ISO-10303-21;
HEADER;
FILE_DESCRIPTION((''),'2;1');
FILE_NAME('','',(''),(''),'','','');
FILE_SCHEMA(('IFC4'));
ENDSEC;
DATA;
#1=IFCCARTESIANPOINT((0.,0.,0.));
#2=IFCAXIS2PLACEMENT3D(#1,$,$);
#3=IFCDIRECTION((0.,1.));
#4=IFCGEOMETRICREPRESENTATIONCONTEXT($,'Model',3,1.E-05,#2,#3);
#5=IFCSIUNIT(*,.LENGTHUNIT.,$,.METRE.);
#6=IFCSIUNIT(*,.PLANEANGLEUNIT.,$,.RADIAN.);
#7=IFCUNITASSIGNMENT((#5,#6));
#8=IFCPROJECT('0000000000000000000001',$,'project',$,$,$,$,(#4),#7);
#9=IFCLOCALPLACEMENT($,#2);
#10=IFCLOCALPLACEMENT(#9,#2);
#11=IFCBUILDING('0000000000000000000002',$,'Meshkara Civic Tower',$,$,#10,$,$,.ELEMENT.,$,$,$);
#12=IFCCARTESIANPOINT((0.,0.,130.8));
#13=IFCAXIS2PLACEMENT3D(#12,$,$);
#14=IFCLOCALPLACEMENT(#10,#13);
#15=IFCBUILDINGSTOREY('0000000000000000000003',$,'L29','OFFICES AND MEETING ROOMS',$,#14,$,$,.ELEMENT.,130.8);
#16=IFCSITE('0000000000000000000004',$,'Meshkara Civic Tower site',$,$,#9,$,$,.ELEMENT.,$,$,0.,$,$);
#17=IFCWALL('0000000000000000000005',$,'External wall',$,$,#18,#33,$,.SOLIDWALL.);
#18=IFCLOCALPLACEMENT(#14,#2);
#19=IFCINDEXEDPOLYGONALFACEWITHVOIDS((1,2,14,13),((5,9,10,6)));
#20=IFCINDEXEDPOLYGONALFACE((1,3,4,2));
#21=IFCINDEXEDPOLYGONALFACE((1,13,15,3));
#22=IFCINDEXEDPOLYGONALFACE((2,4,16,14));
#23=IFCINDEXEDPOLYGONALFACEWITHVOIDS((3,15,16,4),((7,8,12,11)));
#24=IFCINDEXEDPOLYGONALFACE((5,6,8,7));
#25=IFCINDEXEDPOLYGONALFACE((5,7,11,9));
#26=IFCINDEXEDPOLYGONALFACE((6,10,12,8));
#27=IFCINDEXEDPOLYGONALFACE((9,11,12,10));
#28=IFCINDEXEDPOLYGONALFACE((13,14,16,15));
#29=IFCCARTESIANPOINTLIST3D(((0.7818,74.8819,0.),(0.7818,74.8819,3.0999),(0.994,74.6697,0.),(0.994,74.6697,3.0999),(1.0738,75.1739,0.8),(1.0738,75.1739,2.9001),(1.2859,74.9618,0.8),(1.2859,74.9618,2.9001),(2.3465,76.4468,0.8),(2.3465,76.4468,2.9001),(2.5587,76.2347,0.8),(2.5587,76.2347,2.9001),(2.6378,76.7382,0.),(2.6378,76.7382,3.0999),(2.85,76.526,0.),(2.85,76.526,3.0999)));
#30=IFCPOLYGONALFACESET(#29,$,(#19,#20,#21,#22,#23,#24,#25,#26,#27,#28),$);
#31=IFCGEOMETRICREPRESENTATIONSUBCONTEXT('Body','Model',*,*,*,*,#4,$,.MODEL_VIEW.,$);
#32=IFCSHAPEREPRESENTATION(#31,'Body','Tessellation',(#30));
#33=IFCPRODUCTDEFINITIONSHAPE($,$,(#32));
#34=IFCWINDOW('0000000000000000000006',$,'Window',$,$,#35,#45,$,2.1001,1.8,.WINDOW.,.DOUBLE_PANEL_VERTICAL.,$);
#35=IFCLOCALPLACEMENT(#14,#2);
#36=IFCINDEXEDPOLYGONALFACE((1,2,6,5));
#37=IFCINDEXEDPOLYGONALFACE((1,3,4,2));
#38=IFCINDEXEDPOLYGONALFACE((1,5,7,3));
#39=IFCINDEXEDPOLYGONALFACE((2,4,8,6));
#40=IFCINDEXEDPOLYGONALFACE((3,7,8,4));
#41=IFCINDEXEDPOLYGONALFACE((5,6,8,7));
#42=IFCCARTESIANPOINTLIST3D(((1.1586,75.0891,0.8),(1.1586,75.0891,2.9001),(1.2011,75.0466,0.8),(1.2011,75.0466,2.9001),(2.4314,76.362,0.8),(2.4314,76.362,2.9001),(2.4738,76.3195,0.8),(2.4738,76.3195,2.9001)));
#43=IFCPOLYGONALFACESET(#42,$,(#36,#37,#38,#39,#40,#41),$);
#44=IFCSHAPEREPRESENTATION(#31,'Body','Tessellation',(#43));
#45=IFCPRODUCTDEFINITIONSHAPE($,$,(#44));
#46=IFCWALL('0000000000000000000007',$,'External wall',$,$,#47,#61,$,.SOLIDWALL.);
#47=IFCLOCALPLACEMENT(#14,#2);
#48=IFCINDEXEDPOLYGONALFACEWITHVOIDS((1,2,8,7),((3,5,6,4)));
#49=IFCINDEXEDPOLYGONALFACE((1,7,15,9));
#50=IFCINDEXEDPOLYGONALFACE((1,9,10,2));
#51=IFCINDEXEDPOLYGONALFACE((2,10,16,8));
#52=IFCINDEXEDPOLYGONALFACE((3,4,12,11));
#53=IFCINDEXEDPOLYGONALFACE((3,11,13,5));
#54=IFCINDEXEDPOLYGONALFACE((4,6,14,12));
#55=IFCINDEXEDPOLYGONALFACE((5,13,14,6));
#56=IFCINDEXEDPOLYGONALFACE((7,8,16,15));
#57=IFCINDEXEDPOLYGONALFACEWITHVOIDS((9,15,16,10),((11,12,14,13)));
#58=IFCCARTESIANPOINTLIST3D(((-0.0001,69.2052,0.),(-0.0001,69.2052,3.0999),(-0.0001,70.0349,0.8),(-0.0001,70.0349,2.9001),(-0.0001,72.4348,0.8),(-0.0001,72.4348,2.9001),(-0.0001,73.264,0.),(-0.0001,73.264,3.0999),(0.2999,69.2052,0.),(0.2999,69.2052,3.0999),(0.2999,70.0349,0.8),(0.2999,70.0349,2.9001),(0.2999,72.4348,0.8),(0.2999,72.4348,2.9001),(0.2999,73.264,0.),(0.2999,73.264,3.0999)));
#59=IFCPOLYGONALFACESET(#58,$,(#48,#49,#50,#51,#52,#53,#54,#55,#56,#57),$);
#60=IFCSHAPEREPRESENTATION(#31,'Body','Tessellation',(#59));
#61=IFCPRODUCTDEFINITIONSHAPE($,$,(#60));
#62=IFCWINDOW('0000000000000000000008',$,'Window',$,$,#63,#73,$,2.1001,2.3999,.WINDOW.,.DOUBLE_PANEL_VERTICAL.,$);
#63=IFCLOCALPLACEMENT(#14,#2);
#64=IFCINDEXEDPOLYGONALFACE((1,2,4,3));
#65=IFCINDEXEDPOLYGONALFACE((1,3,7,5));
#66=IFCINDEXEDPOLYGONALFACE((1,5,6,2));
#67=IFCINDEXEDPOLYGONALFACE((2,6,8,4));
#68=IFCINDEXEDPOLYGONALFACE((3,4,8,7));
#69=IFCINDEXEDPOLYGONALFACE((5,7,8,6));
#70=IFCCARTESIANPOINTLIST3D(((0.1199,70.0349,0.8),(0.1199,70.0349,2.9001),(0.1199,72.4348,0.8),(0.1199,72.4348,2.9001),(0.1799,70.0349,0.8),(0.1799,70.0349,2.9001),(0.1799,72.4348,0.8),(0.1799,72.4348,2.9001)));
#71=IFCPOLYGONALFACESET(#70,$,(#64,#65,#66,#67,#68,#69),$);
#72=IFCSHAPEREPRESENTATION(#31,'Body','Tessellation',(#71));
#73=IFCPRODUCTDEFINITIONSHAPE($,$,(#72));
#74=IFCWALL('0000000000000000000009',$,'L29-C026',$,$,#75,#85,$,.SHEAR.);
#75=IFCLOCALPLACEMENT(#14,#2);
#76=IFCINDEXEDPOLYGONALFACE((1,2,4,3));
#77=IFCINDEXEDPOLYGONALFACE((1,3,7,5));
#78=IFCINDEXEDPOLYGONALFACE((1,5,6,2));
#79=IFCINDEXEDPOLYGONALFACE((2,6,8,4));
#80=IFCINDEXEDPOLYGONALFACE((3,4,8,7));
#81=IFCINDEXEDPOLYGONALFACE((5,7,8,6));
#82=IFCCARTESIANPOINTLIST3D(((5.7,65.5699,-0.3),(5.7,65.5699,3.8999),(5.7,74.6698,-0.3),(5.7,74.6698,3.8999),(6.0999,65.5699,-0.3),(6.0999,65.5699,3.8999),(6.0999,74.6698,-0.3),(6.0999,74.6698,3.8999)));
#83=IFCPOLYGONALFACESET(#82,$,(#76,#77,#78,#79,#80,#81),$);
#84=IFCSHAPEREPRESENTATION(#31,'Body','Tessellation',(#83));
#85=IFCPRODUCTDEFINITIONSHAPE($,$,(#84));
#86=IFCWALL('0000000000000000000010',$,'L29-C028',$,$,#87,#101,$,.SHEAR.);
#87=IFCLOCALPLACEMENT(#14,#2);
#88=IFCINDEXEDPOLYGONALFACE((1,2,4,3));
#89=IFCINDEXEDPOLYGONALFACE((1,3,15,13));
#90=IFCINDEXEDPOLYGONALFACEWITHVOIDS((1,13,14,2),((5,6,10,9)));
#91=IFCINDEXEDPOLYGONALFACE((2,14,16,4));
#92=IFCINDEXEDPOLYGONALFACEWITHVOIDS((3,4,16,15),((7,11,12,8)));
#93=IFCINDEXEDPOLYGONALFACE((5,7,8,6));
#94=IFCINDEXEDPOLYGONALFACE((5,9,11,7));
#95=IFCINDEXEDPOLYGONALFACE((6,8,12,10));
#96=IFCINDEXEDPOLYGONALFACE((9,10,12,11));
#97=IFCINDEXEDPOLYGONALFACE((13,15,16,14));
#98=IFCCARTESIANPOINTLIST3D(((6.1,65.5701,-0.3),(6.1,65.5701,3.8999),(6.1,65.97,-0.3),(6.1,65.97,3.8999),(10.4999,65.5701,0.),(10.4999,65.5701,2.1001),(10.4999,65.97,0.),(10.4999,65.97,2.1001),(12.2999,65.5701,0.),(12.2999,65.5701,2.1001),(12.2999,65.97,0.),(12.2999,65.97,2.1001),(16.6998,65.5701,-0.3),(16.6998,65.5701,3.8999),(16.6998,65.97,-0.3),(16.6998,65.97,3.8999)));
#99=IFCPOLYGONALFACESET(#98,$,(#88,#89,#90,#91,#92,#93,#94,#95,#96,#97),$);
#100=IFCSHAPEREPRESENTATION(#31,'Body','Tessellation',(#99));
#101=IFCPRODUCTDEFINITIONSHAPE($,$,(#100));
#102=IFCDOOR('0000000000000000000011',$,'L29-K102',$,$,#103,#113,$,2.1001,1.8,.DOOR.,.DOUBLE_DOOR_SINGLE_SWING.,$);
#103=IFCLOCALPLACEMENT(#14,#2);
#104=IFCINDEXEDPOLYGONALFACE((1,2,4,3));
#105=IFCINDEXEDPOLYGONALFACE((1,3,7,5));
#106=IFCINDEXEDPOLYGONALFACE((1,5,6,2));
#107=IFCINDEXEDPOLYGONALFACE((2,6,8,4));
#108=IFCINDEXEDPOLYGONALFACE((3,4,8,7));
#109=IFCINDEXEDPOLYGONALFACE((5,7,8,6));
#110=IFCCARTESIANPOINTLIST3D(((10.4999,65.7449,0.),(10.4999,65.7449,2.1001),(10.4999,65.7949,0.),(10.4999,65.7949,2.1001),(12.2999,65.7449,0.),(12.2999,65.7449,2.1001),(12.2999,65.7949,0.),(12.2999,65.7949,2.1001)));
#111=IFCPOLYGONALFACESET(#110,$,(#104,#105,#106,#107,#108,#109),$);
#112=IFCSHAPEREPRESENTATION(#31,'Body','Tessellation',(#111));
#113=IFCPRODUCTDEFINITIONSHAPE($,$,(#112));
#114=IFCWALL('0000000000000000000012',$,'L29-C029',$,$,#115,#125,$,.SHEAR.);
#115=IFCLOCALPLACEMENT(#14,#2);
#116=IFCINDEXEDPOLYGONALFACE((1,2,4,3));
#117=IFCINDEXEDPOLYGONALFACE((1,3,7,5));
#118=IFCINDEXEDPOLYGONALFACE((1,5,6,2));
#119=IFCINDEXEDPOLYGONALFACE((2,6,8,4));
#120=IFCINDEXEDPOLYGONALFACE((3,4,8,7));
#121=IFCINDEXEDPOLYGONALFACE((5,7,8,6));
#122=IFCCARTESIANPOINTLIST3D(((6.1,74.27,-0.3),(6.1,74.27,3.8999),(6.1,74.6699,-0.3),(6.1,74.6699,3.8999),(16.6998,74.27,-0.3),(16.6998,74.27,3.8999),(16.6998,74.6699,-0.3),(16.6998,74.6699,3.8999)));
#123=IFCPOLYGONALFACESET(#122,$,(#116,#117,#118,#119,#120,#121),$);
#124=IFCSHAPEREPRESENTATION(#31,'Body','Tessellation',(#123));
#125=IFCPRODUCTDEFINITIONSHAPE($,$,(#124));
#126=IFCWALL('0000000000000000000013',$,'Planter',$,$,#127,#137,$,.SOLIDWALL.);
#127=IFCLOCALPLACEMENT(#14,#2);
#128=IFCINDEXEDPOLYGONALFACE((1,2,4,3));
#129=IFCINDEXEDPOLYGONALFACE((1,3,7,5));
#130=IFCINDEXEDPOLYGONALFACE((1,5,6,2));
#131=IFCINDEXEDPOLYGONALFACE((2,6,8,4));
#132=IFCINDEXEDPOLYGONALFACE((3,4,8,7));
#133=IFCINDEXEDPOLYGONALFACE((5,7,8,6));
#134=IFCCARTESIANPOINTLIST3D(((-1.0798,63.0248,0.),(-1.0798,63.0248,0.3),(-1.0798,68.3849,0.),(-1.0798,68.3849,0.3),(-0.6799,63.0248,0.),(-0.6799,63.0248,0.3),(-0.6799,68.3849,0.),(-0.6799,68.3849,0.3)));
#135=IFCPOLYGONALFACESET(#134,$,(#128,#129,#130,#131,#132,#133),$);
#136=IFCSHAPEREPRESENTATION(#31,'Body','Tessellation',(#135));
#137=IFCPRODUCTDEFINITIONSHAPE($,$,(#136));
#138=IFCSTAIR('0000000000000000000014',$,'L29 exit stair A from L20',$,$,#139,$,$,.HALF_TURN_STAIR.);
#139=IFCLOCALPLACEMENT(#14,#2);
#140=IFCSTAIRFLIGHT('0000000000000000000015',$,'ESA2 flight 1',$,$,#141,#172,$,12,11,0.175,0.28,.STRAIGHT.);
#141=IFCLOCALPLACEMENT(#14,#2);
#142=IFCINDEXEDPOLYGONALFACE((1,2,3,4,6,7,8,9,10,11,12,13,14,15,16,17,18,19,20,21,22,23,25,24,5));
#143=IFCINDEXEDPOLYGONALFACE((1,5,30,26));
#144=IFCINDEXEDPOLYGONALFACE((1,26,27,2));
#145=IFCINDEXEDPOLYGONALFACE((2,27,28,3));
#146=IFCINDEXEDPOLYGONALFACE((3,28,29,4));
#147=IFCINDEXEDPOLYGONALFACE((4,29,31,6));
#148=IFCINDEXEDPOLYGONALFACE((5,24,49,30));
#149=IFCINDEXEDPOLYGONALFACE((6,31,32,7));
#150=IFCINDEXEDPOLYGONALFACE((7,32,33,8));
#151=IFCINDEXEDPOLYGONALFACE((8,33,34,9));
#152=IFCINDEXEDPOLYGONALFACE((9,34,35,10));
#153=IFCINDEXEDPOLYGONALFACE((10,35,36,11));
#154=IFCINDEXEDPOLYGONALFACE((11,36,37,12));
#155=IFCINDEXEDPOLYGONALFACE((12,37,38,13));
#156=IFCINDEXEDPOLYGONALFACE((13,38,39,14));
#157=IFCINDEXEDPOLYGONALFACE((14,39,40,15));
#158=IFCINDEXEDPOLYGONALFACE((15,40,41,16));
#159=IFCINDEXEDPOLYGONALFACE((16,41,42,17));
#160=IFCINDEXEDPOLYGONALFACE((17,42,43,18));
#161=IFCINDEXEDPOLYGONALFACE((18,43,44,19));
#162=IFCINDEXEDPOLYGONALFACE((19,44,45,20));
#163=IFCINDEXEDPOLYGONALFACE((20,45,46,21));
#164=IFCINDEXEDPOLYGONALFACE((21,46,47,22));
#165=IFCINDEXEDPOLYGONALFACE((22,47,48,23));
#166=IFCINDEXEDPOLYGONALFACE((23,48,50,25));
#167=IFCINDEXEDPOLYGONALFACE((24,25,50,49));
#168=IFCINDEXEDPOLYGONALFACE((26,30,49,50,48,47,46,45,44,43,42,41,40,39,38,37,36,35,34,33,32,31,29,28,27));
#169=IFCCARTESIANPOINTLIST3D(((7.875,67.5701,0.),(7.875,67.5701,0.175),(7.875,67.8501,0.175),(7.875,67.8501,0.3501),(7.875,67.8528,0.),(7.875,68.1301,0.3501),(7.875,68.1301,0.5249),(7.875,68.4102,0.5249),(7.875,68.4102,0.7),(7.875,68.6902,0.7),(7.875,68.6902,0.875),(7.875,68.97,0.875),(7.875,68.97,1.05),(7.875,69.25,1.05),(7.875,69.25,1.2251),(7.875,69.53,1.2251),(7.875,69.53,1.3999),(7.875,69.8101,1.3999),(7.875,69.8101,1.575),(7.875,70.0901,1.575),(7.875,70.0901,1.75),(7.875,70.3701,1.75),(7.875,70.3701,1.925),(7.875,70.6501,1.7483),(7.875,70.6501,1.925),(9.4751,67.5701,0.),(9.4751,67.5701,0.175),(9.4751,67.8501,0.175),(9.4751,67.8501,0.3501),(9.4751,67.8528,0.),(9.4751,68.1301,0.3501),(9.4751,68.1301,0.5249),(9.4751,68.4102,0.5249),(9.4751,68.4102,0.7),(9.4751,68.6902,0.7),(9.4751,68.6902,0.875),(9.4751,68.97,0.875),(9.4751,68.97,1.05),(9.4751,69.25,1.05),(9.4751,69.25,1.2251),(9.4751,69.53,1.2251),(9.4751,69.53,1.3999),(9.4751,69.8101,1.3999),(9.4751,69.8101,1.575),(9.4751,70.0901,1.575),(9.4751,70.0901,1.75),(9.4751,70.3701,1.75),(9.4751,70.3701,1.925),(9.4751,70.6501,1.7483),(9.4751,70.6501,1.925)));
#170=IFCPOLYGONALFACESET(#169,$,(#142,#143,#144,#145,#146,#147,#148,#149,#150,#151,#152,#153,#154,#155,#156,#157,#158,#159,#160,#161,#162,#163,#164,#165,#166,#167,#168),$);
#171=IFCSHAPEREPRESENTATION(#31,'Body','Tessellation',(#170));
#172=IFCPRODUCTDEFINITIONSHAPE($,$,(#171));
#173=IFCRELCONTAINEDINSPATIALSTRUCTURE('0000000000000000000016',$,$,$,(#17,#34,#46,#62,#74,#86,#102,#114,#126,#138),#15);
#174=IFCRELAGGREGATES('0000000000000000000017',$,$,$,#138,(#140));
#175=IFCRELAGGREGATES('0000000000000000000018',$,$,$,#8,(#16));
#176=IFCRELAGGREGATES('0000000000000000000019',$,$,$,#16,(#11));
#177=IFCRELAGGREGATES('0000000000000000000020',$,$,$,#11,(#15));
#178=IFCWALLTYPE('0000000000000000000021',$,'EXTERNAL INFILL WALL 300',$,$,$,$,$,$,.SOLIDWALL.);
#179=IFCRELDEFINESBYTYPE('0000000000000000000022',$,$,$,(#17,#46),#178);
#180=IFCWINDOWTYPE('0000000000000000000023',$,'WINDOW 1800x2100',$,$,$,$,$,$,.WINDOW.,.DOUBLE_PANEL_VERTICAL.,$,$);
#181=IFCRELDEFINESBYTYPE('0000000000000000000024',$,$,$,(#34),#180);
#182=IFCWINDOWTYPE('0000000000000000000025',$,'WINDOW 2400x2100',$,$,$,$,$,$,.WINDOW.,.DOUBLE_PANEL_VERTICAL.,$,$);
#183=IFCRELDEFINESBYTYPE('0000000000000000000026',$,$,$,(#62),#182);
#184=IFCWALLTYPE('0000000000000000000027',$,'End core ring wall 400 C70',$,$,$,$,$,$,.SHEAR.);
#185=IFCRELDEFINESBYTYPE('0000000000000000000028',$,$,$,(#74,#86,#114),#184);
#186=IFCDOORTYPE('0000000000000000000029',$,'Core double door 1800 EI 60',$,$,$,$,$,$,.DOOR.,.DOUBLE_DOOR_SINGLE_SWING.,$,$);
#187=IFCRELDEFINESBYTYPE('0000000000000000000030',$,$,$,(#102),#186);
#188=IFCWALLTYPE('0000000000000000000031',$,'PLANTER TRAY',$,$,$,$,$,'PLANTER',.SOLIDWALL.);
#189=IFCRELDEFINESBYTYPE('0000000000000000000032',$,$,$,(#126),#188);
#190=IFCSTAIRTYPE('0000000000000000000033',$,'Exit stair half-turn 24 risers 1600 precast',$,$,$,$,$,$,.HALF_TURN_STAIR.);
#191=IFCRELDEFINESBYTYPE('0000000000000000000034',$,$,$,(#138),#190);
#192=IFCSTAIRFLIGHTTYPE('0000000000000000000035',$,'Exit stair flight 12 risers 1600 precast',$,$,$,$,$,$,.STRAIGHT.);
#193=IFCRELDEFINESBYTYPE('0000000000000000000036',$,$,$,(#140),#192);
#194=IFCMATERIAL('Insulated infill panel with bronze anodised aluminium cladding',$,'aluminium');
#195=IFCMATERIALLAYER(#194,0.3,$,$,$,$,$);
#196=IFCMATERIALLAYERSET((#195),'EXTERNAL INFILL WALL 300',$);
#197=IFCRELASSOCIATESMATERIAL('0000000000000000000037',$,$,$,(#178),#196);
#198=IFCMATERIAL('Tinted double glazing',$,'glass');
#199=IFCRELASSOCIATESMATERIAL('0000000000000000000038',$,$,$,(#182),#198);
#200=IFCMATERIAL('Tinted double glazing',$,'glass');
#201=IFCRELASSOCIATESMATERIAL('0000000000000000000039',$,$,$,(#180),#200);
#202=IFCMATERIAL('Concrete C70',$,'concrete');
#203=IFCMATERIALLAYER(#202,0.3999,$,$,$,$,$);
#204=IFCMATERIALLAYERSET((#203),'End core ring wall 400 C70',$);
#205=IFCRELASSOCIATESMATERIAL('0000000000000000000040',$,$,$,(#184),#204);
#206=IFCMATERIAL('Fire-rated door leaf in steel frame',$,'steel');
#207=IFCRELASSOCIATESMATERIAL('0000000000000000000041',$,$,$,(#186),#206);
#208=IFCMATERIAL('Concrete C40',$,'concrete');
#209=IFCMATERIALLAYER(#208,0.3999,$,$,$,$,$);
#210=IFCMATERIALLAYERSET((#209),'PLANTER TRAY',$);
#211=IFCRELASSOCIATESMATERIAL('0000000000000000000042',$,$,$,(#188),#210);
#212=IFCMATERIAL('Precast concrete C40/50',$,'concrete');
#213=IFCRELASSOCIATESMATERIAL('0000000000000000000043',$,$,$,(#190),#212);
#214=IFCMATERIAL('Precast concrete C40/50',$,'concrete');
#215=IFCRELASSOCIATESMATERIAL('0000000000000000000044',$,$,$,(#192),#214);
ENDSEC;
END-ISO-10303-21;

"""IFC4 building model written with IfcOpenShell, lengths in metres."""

from ifc_helpers import new_model, si_unit, direction, frame, frame_2d, origin, place, context, subcontext, project, spatial, polyline, rectangle, outline, extrude, material, layer, layer_set, type_object, element, fill, aggregate, save


model = new_model("IFC4")

# Units and contexts
model_context = context("Model", 3, precision=1e-05, world=origin(), true_north=direction((0.0, 1.0)))
body_context = subcontext(model_context, "Body", "Model", "MODEL_VIEW")
ifc_project = project(units=[si_unit("LENGTHUNIT", "METRE"), si_unit("PLANEANGLEUNIT", "RADIAN")], contexts=[model_context])

# Site, building, storey
site_placement = place(None, origin())
site = spatial("IfcSite", under=ifc_project, at=site_placement, Name="Meshkara Civic Tower site", CompositionType="ELEMENT", RefElevation=0.0)
building_placement = place(site_placement, origin())
building = spatial("IfcBuilding", under=site, at=building_placement, Name="Meshkara Civic Tower", CompositionType="ELEMENT")
storey_placement = place(building_placement, frame((0.0, 0.0, 130.8)))
storey = spatial("IfcBuildingStorey", under=building, at=storey_placement, Name="L29", Description="OFFICES AND MEETING ROOMS", CompositionType="ELEMENT", Elevation=130.8)

# Walls, openings, windows
ifc_material_1 = material(Name="Insulated infill panel with bronze anodised aluminium cladding", Category="aluminium")
ifc_layer_1 = layer(ifc_material_1, 0.3)
ifc_layer_set_1 = layer_set([ifc_layer_1], Name="EXTERNAL INFILL WALL 300")
wall_type_1 = type_object("IfcWallType", Name="EXTERNAL INFILL WALL 300", PredefinedType="SOLIDWALL", material=ifc_layer_set_1)
ifc_material_2 = material(Name="Tinted double glazing", Category="glass")
window_type_1 = type_object("IfcWindowType", Name="WINDOW 2400x2100", PartitioningType="DOUBLE_PANEL_VERTICAL", PredefinedType="WINDOW", material=ifc_material_2)
wall_1_placement = place(storey_placement, frame((2.7439, 76.6321, 0.0), z_axis=(0.0, 0.0, 1.0), x_axis=(-0.70706, -0.707153, 0.0)))
wall_1 = element("IfcWall", 1, at=wall_1_placement, inside=storey, type_object=wall_type_1, Name="External wall", PredefinedType="SOLIDWALL", context=body_context, shape_type="SweptSolid", body=[
    extrude(rectangle(XDim=2.625, YDim=0.3, at=frame_2d((1.3125, 0.0))), origin(), (0.0, 0.0, 1.0), 3.0999),
])
opening_1_placement = place(wall_1_placement, frame((0.4121, 0.0, 0.8)))
opening_1 = element("IfcOpeningElement", 2, at=opening_1_placement, cuts=wall_1, PredefinedType="OPENING", context=body_context, shape_type="SweptSolid", body=[
    extrude(rectangle(XDim=1.8, YDim=2.1001, at=frame_2d((0.8999, 1.05))), frame((0.0, 0.1599, 0.0), z_axis=(0.0, -1.0, 0.0), x_axis=(1.0, 0.0, 0.0)), (0.0, 0.0, 1.0), 0.3201),
])
ifc_material_3 = material(Name="Tinted double glazing", Category="glass")
window_type_2 = type_object("IfcWindowType", Name="WINDOW 1800x2100", PartitioningType="DOUBLE_PANEL_VERTICAL", PredefinedType="WINDOW", material=ifc_material_3)
window_1_placement = place(opening_1_placement, origin())
window_1 = element("IfcWindow", 3, at=window_1_placement, inside=storey, type_object=window_type_2, Name="Window", OverallHeight=2.1001, OverallWidth=1.8, PartitioningType="DOUBLE_PANEL_VERTICAL", PredefinedType="WINDOW", context=body_context, shape_type="SweptSolid", body=[
    extrude(rectangle(XDim=1.8, YDim=2.1001, at=frame_2d((0.8999, 1.05))), frame((0.0, 0.03, 0.0), z_axis=(0.0, -1.0, 0.0), x_axis=(1.0, 0.0, 0.0)), (0.0, 0.0, 1.0), 0.0601),
])
fill(opening_1, window_1)
wall_2_placement = place(storey_placement, frame((0.1499, 73.2639, 0.0), z_axis=(0.0, 0.0, 1.0), x_axis=(0.0, -1.0, 0.0)))
wall_2 = element("IfcWall", 4, at=wall_2_placement, inside=storey, type_object=wall_type_1, Name="External wall", PredefinedType="SOLIDWALL", context=body_context, shape_type="SweptSolid", body=[
    extrude(rectangle(XDim=4.0588, YDim=0.3, at=frame_2d((2.0293, 0.0))), origin(), (0.0, 0.0, 1.0), 3.0999),
])
opening_2_placement = place(wall_2_placement, frame((0.8291, 0.0, 0.8)))
opening_2 = element("IfcOpeningElement", 5, at=opening_2_placement, cuts=wall_2, PredefinedType="OPENING", context=body_context, shape_type="SweptSolid", body=[
    extrude(rectangle(XDim=2.3999, YDim=2.1001, at=frame_2d((1.2, 1.05))), frame((0.0, 0.1599, 0.0), z_axis=(0.0, -1.0, 0.0), x_axis=(1.0, 0.0, 0.0)), (0.0, 0.0, 1.0), 0.3201),
])
window_2_placement = place(opening_2_placement, origin())
window_2 = element("IfcWindow", 6, at=window_2_placement, inside=storey, type_object=window_type_1, Name="Window", OverallHeight=2.1001, OverallWidth=2.3999, PartitioningType="DOUBLE_PANEL_VERTICAL", PredefinedType="WINDOW", context=body_context, shape_type="SweptSolid", body=[
    extrude(rectangle(XDim=2.3999, YDim=2.1001, at=frame_2d((1.2, 1.05))), frame((0.0, 0.03, 0.0), z_axis=(0.0, -1.0, 0.0), x_axis=(1.0, 0.0, 0.0)), (0.0, 0.0, 1.0), 0.0601),
])
fill(opening_2, window_2)

# Wall
ifc_material_4 = material(Name="Concrete C70", Category="concrete")
ifc_layer_2 = layer(ifc_material_4, 0.3999)
ifc_layer_set_2 = layer_set([ifc_layer_2], Name="End core ring wall 400 C70")
wall_type_2 = type_object("IfcWallType", Name="End core ring wall 400 C70", PredefinedType="SHEAR", material=ifc_layer_set_2)
wall_3_placement = place(storey_placement, frame((5.8999, 65.5701, -0.3), z_axis=(0.0, 0.0, 1.0), x_axis=(0.0, 1.0, 0.0)))
element("IfcWall", 7, at=wall_3_placement, inside=storey, type_object=wall_type_2, Name="L29-C026", PredefinedType="SHEAR", context=body_context, shape_type="SweptSolid", body=[
    extrude(rectangle(XDim=9.0999, YDim=0.3999, at=frame_2d((4.5498, 0.0))), origin(), (0.0, 0.0, 1.0), 4.2),
])

# Wall, opening, door
wall_4_placement = place(storey_placement, frame((6.1001, 65.77, -0.3), z_axis=(0.0, 0.0, 1.0), x_axis=(1.0, 0.0, 0.0)))
wall_4 = element("IfcWall", 8, at=wall_4_placement, inside=storey, type_object=wall_type_2, Name="L29-C028", PredefinedType="SHEAR", context=body_context, shape_type="SweptSolid", body=[
    extrude(rectangle(XDim=10.5999, YDim=0.3999, at=frame_2d((5.2998, 0.0))), origin(), (0.0, 0.0, 1.0), 4.2),
])
opening_3_placement = place(wall_4_placement, frame((4.3999, 0.0, 0.3)))
opening_3 = element("IfcOpeningElement", 9, at=opening_3_placement, cuts=wall_4, PredefinedType="OPENING", context=body_context, shape_type="SweptSolid", body=[
    extrude(rectangle(XDim=1.8, YDim=2.1001, at=frame_2d((0.8999, 1.05))), frame((0.0, 0.21, 0.0), z_axis=(0.0, -1.0, 0.0), x_axis=(1.0, 0.0, 0.0)), (0.0, 0.0, 1.0), 0.4199),
])
ifc_material_5 = material(Name="Fire-rated door leaf in steel frame", Category="steel")
door_type_1 = type_object("IfcDoorType", Name="Core double door 1800 EI 60", OperationType="DOUBLE_DOOR_SINGLE_SWING", PredefinedType="DOOR", material=ifc_material_5)
door_1_placement = place(opening_3_placement, origin())
door_1 = element("IfcDoor", 10, at=door_1_placement, inside=storey, type_object=door_type_1, Name="L29-K102", OperationType="DOUBLE_DOOR_SINGLE_SWING", OverallHeight=2.1001, OverallWidth=1.8, PredefinedType="DOOR", context=body_context, shape_type="SweptSolid", body=[
    extrude(rectangle(XDim=1.8, YDim=2.1001, at=frame_2d((0.8999, 1.05))), frame((0.0, 0.0249, 0.0), z_axis=(0.0, -1.0, 0.0), x_axis=(1.0, 0.0, 0.0)), (0.0, 0.0, 1.0), 0.05),
])
fill(opening_3, door_1)

# Wall
wall_5_placement = place(storey_placement, frame((6.1001, 74.47, -0.3), z_axis=(0.0, 0.0, 1.0), x_axis=(1.0, 0.0, 0.0)))
element("IfcWall", 11, at=wall_5_placement, inside=storey, type_object=wall_type_2, Name="L29-C029", PredefinedType="SHEAR", context=body_context, shape_type="SweptSolid", body=[
    extrude(rectangle(XDim=10.5999, YDim=0.3999, at=frame_2d((5.2998, 0.0))), origin(), (0.0, 0.0, 1.0), 4.2),
])

# Wall
ifc_material_6 = material(Name="Concrete C40", Category="concrete")
ifc_layer_3 = layer(ifc_material_6, 0.3999)
ifc_layer_set_3 = layer_set([ifc_layer_3], Name="PLANTER TRAY")
wall_type_3 = type_object("IfcWallType", Name="PLANTER TRAY", ElementType="PLANTER", PredefinedType="SOLIDWALL", material=ifc_layer_set_3)
wall_6_placement = place(storey_placement, frame((-0.8799, 68.385, 0.0), z_axis=(0.0, 0.0, 1.0), x_axis=(0.0, -1.0, 0.0)))
element("IfcWall", 12, at=wall_6_placement, inside=storey, type_object=wall_type_3, Name="Planter", PredefinedType="SOLIDWALL", context=body_context, shape_type="SweptSolid", body=[
    extrude(rectangle(XDim=5.3601, YDim=0.3999, at=frame_2d((2.6802, 0.0))), origin(), (0.0, 0.0, 1.0), 0.3),
])

# Stair, stair flight
ifc_material_7 = material(Name="Precast concrete C40/50", Category="concrete")
stair_type = type_object("IfcStairType", Name="Exit stair half-turn 24 risers 1600 precast", PredefinedType="HALF_TURN_STAIR", material=ifc_material_7)
stair_placement = place(storey_placement, origin())
stair = element("IfcStair", 13, at=stair_placement, inside=storey, type_object=stair_type, Name="L29 exit stair A from L20", PredefinedType="HALF_TURN_STAIR")
ifc_material_8 = material(Name="Precast concrete C40/50", Category="concrete")
stair_flight_type = type_object("IfcStairFlightType", Name="Exit stair flight 12 risers 1600 precast", PredefinedType="STRAIGHT", material=ifc_material_8)
stair_flight_1_placement = place(storey_placement, frame((8.675, 67.5701, 0.0), z_axis=(0.0, 0.0, 1.0), x_axis=(0.0, 1.0, 0.0)))
stair_flight_1 = element("IfcStairFlight", 14, at=stair_flight_1_placement, type_object=stair_flight_type, Name="ESA2 flight 1", NumberOfRisers=12, NumberOfTreads=11, PredefinedType="STRAIGHT", RiserHeight=0.175, TreadLength=0.28, context=body_context, shape_type="SweptSolid", body=[
    extrude(outline(polyline([(0.0, 0.0), (0.0, 0.175), (0.28, 0.175), (0.28, 0.3501), (0.5601, 0.3501), (0.5601, 0.5249), (0.8401, 0.5249), (0.8401, 0.7), (1.1201, 0.7), (1.1201, 0.875), (1.3999, 0.875), (1.3999, 1.05), (1.6799, 1.05), (1.6799, 1.2251), (1.96, 1.2251), (1.96, 1.3999), (2.24, 1.3999), (2.24, 1.575), (2.52, 1.575), (2.52, 1.75), (2.8, 1.75), (2.8, 1.925), (3.0801, 1.925), (3.0801, 2.1001), (3.0801, 1.7483), (0.2827, 0.0), (0.0, 0.0)])), frame((0.0, 0.8, 0.0), z_axis=(0.0, -1.0, 0.0), x_axis=(1.0, 0.0, 0.0)), (0.0, 0.0, 1.0), 1.6001),
])
aggregate(stair, [stair_flight_1])

save(model, "model.ifc")
